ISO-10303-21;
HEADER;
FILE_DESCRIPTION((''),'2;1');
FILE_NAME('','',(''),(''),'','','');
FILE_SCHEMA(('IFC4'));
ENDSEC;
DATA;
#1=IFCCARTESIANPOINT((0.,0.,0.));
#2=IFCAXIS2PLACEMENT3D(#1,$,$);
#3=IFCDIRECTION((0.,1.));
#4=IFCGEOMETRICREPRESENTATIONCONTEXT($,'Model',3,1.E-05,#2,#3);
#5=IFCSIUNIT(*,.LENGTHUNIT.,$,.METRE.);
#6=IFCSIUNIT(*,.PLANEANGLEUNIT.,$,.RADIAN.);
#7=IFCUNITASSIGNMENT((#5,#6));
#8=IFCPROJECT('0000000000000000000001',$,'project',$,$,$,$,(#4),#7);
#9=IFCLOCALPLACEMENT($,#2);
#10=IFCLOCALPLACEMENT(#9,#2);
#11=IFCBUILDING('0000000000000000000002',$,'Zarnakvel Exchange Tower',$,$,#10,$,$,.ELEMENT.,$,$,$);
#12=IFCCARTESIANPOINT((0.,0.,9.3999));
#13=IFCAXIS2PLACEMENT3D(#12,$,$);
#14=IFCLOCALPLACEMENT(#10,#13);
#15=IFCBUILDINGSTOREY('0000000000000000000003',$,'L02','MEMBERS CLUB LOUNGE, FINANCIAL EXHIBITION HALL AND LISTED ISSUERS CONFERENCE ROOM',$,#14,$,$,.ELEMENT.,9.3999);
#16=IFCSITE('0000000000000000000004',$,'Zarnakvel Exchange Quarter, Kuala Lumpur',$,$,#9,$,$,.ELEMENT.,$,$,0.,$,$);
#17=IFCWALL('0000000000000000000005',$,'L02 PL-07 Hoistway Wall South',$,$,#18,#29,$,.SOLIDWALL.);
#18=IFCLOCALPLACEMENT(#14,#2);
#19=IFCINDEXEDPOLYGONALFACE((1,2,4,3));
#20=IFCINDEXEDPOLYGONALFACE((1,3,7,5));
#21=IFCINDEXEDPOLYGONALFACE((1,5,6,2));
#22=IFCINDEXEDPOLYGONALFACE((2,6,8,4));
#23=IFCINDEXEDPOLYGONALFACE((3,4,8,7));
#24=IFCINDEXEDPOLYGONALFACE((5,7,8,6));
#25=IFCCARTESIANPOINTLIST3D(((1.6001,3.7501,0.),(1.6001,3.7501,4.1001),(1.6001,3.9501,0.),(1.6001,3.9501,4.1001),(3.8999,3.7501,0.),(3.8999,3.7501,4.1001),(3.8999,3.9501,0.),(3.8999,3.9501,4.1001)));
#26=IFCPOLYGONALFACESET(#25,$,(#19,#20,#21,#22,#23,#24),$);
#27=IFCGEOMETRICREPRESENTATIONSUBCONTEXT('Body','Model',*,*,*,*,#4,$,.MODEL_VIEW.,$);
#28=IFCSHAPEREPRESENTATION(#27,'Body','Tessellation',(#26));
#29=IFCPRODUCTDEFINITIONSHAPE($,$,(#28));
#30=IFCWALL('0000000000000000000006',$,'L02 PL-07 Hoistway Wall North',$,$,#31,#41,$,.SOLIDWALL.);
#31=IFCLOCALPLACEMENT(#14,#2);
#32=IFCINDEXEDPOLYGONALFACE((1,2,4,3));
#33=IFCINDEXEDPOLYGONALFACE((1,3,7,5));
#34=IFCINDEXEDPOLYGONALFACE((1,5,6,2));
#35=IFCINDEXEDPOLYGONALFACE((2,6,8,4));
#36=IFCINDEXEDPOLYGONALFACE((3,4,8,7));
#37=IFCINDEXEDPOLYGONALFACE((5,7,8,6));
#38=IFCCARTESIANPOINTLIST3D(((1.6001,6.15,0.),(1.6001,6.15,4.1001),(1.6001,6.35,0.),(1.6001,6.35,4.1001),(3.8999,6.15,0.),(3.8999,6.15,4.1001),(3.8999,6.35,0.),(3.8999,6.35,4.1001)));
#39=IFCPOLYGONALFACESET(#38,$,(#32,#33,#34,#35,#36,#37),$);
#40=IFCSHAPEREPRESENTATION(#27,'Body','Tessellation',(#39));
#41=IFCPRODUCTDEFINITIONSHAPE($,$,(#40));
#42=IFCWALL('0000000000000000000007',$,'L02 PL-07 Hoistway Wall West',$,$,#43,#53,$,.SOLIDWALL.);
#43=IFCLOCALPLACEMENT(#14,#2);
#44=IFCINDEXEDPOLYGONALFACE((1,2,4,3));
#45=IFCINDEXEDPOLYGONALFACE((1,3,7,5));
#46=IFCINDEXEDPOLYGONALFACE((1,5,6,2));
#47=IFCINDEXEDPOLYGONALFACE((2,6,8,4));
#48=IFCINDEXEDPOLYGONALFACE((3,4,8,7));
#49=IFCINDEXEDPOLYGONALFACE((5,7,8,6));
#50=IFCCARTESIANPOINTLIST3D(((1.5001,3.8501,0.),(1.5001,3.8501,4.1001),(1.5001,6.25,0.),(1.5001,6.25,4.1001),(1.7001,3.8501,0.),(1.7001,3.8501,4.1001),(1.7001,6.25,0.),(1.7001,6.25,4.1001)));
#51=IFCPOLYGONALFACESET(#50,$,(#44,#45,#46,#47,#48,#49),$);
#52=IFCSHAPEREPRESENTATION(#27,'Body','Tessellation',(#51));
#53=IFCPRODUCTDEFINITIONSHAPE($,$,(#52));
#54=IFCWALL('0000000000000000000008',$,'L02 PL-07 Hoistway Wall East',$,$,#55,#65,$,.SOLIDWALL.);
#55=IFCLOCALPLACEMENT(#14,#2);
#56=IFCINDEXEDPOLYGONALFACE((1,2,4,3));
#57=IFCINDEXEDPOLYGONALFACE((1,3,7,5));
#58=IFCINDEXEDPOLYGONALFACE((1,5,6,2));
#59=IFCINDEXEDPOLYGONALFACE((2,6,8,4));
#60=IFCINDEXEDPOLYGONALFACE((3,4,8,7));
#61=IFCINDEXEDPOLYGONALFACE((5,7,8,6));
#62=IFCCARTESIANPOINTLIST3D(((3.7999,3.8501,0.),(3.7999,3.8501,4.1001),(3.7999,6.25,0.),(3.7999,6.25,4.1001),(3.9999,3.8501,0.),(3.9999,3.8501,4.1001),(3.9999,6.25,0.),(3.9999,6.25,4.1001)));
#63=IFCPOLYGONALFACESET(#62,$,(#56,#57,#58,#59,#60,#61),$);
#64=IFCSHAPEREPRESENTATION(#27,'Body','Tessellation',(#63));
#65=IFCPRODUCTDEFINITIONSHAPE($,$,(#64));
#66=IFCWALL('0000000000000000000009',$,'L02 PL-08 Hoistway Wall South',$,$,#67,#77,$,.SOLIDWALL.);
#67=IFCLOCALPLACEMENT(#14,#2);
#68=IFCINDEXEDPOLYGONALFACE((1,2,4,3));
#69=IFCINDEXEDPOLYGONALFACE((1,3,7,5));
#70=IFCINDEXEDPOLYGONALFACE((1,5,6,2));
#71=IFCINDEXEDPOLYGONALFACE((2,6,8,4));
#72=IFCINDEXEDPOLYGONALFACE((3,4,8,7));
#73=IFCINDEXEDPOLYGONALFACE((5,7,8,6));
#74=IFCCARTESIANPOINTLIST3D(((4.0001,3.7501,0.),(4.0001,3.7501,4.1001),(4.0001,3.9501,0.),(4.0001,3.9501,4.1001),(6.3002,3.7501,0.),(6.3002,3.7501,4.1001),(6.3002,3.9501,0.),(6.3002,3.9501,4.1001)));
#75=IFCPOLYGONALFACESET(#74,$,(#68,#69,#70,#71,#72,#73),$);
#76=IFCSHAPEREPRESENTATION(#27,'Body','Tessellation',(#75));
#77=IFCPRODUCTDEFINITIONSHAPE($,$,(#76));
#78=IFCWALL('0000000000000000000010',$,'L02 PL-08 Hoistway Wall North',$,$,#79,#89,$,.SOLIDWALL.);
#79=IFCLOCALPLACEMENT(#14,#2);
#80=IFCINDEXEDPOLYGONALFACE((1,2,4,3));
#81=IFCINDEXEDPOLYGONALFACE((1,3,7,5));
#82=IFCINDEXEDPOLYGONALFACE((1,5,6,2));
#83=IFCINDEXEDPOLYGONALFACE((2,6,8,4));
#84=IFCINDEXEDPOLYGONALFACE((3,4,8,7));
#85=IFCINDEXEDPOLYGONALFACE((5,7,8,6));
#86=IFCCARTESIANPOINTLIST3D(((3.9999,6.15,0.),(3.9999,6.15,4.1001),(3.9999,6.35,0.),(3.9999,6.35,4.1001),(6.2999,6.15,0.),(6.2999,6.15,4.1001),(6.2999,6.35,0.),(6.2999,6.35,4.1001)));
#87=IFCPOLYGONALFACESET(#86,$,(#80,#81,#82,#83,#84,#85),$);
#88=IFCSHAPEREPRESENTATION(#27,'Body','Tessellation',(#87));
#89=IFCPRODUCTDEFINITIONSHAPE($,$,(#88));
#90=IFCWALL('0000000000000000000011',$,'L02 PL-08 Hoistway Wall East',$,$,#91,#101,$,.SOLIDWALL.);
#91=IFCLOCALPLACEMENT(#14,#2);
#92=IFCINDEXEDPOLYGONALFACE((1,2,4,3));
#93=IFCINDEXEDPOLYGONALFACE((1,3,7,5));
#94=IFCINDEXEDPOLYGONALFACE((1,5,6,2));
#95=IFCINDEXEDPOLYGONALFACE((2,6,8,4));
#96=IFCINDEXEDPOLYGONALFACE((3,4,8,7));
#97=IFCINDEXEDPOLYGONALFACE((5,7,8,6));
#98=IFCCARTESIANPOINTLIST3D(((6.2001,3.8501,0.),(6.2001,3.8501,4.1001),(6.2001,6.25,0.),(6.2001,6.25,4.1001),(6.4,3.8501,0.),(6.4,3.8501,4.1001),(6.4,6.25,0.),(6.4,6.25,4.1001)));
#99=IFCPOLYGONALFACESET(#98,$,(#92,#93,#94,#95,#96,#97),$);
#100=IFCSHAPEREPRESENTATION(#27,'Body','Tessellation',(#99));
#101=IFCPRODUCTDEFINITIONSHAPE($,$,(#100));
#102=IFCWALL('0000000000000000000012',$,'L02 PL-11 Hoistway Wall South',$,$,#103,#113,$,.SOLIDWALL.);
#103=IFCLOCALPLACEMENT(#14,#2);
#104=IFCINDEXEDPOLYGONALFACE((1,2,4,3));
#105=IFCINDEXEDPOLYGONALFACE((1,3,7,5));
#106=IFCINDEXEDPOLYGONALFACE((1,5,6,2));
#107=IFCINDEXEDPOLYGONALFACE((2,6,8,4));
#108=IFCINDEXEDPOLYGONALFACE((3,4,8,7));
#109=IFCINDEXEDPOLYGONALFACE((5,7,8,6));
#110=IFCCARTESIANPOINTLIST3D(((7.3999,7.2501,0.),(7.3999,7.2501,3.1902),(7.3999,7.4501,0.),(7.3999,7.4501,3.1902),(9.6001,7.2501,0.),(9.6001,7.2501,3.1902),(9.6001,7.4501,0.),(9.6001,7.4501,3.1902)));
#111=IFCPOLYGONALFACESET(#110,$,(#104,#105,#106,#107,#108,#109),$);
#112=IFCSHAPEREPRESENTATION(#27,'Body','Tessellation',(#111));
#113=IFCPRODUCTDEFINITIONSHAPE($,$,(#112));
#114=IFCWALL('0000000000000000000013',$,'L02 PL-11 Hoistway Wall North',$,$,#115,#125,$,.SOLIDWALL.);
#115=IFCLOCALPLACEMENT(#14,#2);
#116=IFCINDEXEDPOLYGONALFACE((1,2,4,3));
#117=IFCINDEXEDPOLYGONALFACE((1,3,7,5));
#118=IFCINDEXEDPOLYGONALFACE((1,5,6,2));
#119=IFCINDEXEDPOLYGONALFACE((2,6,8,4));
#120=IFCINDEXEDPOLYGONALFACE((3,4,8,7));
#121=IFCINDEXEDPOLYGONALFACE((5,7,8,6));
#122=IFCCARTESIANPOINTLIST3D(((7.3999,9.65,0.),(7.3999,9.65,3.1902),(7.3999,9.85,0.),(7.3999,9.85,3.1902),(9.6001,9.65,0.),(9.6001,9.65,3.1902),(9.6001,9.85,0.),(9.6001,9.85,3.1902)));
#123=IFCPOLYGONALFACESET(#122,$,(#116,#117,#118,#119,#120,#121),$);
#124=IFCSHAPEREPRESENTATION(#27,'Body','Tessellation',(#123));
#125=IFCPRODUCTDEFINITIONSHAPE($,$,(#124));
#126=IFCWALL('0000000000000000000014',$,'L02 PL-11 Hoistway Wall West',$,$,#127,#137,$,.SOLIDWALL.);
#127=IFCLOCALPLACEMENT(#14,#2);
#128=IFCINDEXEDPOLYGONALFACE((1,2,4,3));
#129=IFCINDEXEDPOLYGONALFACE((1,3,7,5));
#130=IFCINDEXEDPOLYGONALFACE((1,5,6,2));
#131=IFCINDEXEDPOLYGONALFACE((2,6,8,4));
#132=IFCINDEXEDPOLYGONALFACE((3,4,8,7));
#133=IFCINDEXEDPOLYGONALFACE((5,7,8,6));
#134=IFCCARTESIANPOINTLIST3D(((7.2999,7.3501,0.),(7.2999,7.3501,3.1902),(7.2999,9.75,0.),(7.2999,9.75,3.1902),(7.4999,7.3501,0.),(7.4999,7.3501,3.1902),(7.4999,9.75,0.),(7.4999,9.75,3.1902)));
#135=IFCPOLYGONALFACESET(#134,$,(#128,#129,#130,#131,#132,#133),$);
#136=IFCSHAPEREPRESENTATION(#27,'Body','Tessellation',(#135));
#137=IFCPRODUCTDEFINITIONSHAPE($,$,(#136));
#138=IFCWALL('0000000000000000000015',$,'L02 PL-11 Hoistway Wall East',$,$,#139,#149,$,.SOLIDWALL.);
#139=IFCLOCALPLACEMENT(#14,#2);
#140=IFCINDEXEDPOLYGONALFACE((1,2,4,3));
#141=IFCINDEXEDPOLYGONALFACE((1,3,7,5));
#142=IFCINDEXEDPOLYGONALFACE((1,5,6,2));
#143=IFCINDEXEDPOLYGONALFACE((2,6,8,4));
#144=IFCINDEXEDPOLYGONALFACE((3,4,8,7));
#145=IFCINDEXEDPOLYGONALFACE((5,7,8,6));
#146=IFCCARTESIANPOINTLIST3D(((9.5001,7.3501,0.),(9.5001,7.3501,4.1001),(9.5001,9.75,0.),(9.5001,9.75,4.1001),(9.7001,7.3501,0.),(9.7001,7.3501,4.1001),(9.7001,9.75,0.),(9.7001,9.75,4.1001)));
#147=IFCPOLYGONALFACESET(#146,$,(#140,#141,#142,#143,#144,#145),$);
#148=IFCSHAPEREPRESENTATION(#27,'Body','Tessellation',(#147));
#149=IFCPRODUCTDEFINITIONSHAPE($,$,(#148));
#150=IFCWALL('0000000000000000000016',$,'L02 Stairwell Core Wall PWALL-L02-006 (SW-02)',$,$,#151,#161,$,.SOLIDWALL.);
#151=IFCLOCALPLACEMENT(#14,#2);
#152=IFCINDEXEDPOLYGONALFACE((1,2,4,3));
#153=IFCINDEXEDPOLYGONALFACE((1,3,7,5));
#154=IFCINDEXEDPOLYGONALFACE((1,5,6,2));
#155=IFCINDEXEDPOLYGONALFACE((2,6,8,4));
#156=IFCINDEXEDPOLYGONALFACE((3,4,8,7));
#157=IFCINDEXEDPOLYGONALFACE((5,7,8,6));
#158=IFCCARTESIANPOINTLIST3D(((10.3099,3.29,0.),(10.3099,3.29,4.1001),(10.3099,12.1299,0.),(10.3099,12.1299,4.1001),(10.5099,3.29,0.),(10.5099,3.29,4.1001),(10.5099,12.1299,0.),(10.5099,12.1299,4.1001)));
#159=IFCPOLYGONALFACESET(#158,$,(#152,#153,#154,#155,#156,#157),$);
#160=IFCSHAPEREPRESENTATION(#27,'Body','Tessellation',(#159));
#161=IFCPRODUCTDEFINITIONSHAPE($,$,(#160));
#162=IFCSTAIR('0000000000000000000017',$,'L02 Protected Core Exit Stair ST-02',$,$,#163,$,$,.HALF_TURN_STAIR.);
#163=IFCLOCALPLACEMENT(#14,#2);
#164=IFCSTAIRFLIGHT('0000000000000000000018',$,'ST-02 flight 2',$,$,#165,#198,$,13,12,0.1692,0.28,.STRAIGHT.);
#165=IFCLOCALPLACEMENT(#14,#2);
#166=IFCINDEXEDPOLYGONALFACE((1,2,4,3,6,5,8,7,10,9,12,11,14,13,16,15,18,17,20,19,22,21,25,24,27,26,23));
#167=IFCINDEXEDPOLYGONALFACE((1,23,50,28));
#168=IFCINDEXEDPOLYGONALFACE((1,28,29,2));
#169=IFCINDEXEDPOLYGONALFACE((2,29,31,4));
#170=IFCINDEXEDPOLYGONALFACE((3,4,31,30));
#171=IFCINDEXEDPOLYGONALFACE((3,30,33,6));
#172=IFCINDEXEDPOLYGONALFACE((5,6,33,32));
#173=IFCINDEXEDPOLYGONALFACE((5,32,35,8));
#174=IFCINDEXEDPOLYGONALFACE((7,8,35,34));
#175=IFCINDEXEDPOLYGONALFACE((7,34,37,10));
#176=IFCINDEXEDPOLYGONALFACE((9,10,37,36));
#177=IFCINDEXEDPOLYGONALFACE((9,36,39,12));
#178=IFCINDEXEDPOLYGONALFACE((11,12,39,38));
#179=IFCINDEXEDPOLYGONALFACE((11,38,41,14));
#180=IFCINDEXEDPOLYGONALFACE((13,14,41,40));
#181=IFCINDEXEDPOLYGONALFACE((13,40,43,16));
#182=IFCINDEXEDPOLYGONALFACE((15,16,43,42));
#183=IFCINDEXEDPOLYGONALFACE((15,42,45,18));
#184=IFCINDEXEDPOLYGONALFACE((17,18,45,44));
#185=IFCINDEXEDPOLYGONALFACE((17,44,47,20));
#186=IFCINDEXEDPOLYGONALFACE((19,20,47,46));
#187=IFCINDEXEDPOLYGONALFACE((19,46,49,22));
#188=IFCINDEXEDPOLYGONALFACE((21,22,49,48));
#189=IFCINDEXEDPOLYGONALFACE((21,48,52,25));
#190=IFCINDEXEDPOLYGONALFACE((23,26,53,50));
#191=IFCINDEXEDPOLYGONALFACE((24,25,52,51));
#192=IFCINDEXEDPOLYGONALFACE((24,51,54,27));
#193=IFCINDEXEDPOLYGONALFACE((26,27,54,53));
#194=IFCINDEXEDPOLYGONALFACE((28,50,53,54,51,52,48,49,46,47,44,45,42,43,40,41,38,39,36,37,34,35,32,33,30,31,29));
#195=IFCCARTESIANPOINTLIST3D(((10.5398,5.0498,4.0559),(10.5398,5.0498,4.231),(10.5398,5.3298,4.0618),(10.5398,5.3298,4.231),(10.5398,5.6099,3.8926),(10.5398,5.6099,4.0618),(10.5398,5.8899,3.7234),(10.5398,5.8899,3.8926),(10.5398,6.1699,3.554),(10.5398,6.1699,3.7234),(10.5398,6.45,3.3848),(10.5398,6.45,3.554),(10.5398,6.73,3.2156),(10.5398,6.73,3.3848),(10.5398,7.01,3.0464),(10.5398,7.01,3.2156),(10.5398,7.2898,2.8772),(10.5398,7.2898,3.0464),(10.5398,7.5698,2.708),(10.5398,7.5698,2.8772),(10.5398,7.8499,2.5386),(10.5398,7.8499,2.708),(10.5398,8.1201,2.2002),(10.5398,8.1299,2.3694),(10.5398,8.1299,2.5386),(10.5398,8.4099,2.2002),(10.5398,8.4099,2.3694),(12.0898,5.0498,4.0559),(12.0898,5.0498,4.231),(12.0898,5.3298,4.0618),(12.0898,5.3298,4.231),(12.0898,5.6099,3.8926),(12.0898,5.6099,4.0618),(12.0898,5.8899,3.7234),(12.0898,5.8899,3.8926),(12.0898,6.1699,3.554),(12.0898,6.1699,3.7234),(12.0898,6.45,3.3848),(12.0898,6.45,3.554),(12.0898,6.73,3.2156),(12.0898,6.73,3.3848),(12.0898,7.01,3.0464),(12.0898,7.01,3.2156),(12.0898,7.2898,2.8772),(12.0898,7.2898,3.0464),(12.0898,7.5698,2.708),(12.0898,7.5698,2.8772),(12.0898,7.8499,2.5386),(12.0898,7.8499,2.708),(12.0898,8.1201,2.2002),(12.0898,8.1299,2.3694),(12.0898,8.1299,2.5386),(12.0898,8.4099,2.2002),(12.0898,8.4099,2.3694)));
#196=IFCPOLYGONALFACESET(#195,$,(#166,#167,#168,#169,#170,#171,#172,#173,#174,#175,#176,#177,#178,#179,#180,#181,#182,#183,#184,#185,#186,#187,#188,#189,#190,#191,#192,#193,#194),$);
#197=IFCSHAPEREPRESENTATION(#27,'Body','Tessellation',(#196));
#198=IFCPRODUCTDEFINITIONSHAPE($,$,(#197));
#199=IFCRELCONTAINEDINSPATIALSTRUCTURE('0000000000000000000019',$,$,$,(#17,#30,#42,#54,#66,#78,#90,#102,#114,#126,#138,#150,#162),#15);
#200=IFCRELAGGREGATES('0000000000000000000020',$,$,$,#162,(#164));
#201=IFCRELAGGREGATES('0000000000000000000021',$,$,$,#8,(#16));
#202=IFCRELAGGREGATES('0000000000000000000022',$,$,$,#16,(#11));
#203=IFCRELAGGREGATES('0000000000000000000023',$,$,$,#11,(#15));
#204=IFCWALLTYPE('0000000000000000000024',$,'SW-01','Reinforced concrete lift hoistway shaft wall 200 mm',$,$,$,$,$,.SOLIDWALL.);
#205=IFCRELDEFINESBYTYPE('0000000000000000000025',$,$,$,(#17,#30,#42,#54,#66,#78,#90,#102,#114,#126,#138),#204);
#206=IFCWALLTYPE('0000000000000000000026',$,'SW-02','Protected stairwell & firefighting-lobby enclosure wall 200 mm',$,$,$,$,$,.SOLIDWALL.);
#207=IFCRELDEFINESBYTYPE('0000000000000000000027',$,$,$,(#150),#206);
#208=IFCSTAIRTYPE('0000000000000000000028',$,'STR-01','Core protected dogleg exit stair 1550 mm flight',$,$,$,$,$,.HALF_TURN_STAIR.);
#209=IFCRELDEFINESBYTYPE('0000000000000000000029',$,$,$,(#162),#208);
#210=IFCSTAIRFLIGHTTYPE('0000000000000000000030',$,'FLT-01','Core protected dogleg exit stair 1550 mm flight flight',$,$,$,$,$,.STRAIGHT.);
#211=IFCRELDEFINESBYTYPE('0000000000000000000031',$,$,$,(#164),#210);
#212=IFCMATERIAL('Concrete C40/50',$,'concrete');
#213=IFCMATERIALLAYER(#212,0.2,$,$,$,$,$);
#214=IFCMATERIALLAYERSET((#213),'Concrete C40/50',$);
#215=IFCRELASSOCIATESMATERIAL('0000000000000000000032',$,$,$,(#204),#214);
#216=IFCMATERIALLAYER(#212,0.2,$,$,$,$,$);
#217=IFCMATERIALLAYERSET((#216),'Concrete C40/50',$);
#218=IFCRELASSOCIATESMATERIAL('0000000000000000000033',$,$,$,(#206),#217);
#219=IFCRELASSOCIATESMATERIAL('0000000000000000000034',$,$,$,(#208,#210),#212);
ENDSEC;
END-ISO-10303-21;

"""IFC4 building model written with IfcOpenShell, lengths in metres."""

from ifc_helpers import new_model, si_unit, direction, frame, frame_2d, origin, place, context, subcontext, project, spatial, polyline, rectangle, outline, extrude, material, layer, layer_set, type_object, element, aggregate, save


model = new_model("IFC4")

# Units and contexts
model_context = context("Model", 3, precision=1e-05, world=origin(), true_north=direction((0.0, 1.0)))
body_context = subcontext(model_context, "Body", "Model", "MODEL_VIEW")
ifc_project = project(units=[si_unit("LENGTHUNIT", "METRE"), si_unit("PLANEANGLEUNIT", "RADIAN")], contexts=[model_context])

# Site, building, storey
site_placement = place(None, origin())
site = spatial("IfcSite", under=ifc_project, at=site_placement, Name="Zarnakvel Exchange Quarter, Kuala Lumpur", CompositionType="ELEMENT", RefElevation=0.0)
building_placement = place(site_placement, origin())
building = spatial("IfcBuilding", under=site, at=building_placement, Name="Zarnakvel Exchange Tower", CompositionType="ELEMENT")
storey_placement = place(building_placement, frame((0.0, 0.0, 9.3999)))
storey = spatial("IfcBuildingStorey", under=building, at=storey_placement, Name="L02", Description="MEMBERS CLUB LOUNGE, FINANCIAL EXHIBITION HALL AND LISTED ISSUERS CONFERENCE ROOM", CompositionType="ELEMENT", Elevation=9.3999)

# Shared definitions
ifc_material_1 = material(Name="Concrete C40/50", Category="concrete")
ifc_layer_1 = layer(ifc_material_1, 0.2)
ifc_layer_set_1 = layer_set([ifc_layer_1], Name="Concrete C40/50")
wall_type_1 = type_object("IfcWallType", Name="SW-01", Description="Reinforced concrete lift hoistway shaft wall 200 mm", PredefinedType="SOLIDWALL", material=ifc_layer_set_1)

# Walls
for number, where, z_axis, x_axis, name in (
    (1, (3.8999, 3.8501, 0.0), (0.0, 0.0, 1.0), (-1.0, 0.0, 0.0), "L02 PL-07 Hoistway Wall South"),
    (2, (1.6001, 6.25, 0.0), (0.0, 0.0, 1.0), (1.0, 0.0, 0.0), "L02 PL-07 Hoistway Wall North"),
):
    element("IfcWall", number, at=place(storey_placement, frame(where, z_axis=z_axis, x_axis=x_axis)), inside=storey, type_object=wall_type_1, Name=name, PredefinedType="SOLIDWALL", context=body_context, shape_type="SweptSolid", body=[
        extrude(rectangle(XDim=2.2998, YDim=0.2, at=frame_2d((1.1499, 0.0))), origin(), (0.0, 0.0, 1.0), 4.1001),
    ])
for number, where, z_axis, x_axis, name in (
    (3, (1.6001, 3.8501, 0.0), (0.0, 0.0, 1.0), (0.0, 1.0, 0.0), "L02 PL-07 Hoistway Wall West"),
    (4, (3.8999, 6.25, 0.0), (0.0, 0.0, 1.0), (0.0, -1.0, 0.0), "L02 PL-07 Hoistway Wall East"),
):
    element("IfcWall", number, at=place(storey_placement, frame(where, z_axis=z_axis, x_axis=x_axis)), inside=storey, type_object=wall_type_1, Name=name, PredefinedType="SOLIDWALL", context=body_context, shape_type="SweptSolid", body=[
        extrude(rectangle(XDim=2.3999, YDim=0.2, at=frame_2d((1.2, 0.0))), origin(), (0.0, 0.0, 1.0), 4.1001),
    ])
for number, where, z_axis, x_axis, name in (
    (5, (6.3, 3.8501, 0.0), (0.0, 0.0, 1.0), (-1.0, 0.0, 0.0), "L02 PL-08 Hoistway Wall South"),
    (6, (4.0, 6.25, 0.0), (0.0, 0.0, 1.0), (1.0, 0.0, 0.0), "L02 PL-08 Hoistway Wall North"),
):
    element("IfcWall", number, at=place(storey_placement, frame(where, z_axis=z_axis, x_axis=x_axis)), inside=storey, type_object=wall_type_1, Name=name, PredefinedType="SOLIDWALL", context=body_context, shape_type="SweptSolid", body=[
        extrude(rectangle(XDim=2.3, YDim=0.2, at=frame_2d((1.1499, 0.0))), origin(), (0.0, 0.0, 1.0), 4.1001),
    ])
wall_1_placement = place(storey_placement, frame((6.3, 6.25, 0.0), z_axis=(0.0, 0.0, 1.0), x_axis=(0.0, -1.0, 0.0)))
element("IfcWall", 7, at=wall_1_placement, inside=storey, type_object=wall_type_1, Name="L02 PL-08 Hoistway Wall East", PredefinedType="SOLIDWALL", context=body_context, shape_type="SweptSolid", body=[
    extrude(rectangle(XDim=2.3999, YDim=0.2, at=frame_2d((1.2, 0.0))), origin(), (0.0, 0.0, 1.0), 4.1001),
])
for number, where, z_axis, x_axis, name in (
    (8, (9.6001, 7.3501, 0.0), (0.0, 0.0, 1.0), (-1.0, 0.0, 0.0), "L02 PL-11 Hoistway Wall South"),
    (9, (7.3999, 9.75, 0.0), (0.0, 0.0, 1.0), (1.0, 0.0, 0.0), "L02 PL-11 Hoistway Wall North"),
):
    element("IfcWall", number, at=place(storey_placement, frame(where, z_axis=z_axis, x_axis=x_axis)), inside=storey, type_object=wall_type_1, Name=name, PredefinedType="SOLIDWALL", context=body_context, shape_type="SweptSolid", body=[
        extrude(rectangle(XDim=2.2002, YDim=0.2, at=frame_2d((1.1001, 0.0))), origin(), (0.0, 0.0, 1.0), 3.1902),
    ])
wall_2_placement = place(storey_placement, frame((7.3999, 7.3501, 0.0), z_axis=(0.0, 0.0, 1.0), x_axis=(0.0, 1.0, 0.0)))
element("IfcWall", 10, at=wall_2_placement, inside=storey, type_object=wall_type_1, Name="L02 PL-11 Hoistway Wall West", PredefinedType="SOLIDWALL", context=body_context, shape_type="SweptSolid", body=[
    extrude(rectangle(XDim=2.3999, YDim=0.2, at=frame_2d((1.2, 0.0))), origin(), (0.0, 0.0, 1.0), 3.1902),
])
wall_3_placement = place(storey_placement, frame((9.6001, 9.75, 0.0), z_axis=(0.0, 0.0, 1.0), x_axis=(0.0, -1.0, 0.0)))
element("IfcWall", 11, at=wall_3_placement, inside=storey, type_object=wall_type_1, Name="L02 PL-11 Hoistway Wall East", PredefinedType="SOLIDWALL", context=body_context, shape_type="SweptSolid", body=[
    extrude(rectangle(XDim=2.3999, YDim=0.2, at=frame_2d((1.2, 0.0))), origin(), (0.0, 0.0, 1.0), 4.1001),
])
ifc_layer_2 = layer(ifc_material_1, 0.2)
ifc_layer_set_2 = layer_set([ifc_layer_2], Name="Concrete C40/50")
wall_type_2 = type_object("IfcWallType", Name="SW-02", Description="Protected stairwell & firefighting-lobby enclosure wall 200 mm", PredefinedType="SOLIDWALL", material=ifc_layer_set_2)
wall_4_placement = place(storey_placement, frame((10.4099, 3.29, 0.0), z_axis=(0.0, 0.0, 1.0), x_axis=(0.0, 1.0, 0.0)))
element("IfcWall", 12, at=wall_4_placement, inside=storey, type_object=wall_type_2, Name="L02 Stairwell Core Wall PWALL-L02-006 (SW-02)", PredefinedType="SOLIDWALL", context=body_context, shape_type="SweptSolid", body=[
    extrude(rectangle(XDim=8.8398, YDim=0.2, at=frame_2d((4.4199, 0.0))), origin(), (0.0, 0.0, 1.0), 4.1001),
])

# Stair, stair flight
stair_type = type_object("IfcStairType", Name="STR-01", Description="Core protected dogleg exit stair 1550 mm flight", PredefinedType="HALF_TURN_STAIR", material=ifc_material_1)
stair_placement = place(storey_placement, origin())
stair = element("IfcStair", 13, at=stair_placement, inside=storey, type_object=stair_type, Name="L02 Protected Core Exit Stair ST-02", PredefinedType="HALF_TURN_STAIR")
stair_flight_type = type_object("IfcStairFlightType", Name="FLT-01", Description="Core protected dogleg exit stair 1550 mm flight flight", PredefinedType="STRAIGHT", material=ifc_material_1)
stair_flight_placement = place(storey_placement, frame((11.3149, 8.4099, 2.2002), z_axis=(0.0, 0.0, 1.0), x_axis=(0.0, -1.0, 0.0)))
stair_flight = element("IfcStairFlight", 14, at=stair_flight_placement, type_object=stair_flight_type, Name="ST-02 flight 2", NumberOfRisers=13, NumberOfTreads=12, PredefinedType="STRAIGHT", RiserHeight=0.1692, TreadLength=0.28, context=body_context, shape_type="SweptSolid", body=[
    extrude(outline(polyline([(0.0, 0.0), (0.0, 0.1692), (0.28, 0.1692), (0.28, 0.3384), (0.5601, 0.3384), (0.5601, 0.5078), (0.8401, 0.5078), (0.8401, 0.677), (1.1201, 0.677), (1.1201, 0.8462), (1.3999, 0.8462), (1.3999, 1.0154), (1.6799, 1.0154), (1.6799, 1.1846), (1.96, 1.1846), (1.96, 1.3538), (2.24, 1.3538), (2.24, 1.5232), (2.52, 1.5232), (2.52, 1.6924), (2.8, 1.6924), (2.8, 1.8616), (3.0801, 1.8616), (3.0801, 2.0308), (3.3601, 2.0308), (3.3601, 2.2), (3.3601, 1.8557), (0.2898, 0.0), (0.0, 0.0)])), frame((0.0, 0.7749, 0.0), z_axis=(0.0, -1.0, 0.0), x_axis=(1.0, 0.0, 0.0)), (0.0, 0.0, 1.0), 1.55),
])
aggregate(stair, [stair_flight])

save(model, "model.ifc")
